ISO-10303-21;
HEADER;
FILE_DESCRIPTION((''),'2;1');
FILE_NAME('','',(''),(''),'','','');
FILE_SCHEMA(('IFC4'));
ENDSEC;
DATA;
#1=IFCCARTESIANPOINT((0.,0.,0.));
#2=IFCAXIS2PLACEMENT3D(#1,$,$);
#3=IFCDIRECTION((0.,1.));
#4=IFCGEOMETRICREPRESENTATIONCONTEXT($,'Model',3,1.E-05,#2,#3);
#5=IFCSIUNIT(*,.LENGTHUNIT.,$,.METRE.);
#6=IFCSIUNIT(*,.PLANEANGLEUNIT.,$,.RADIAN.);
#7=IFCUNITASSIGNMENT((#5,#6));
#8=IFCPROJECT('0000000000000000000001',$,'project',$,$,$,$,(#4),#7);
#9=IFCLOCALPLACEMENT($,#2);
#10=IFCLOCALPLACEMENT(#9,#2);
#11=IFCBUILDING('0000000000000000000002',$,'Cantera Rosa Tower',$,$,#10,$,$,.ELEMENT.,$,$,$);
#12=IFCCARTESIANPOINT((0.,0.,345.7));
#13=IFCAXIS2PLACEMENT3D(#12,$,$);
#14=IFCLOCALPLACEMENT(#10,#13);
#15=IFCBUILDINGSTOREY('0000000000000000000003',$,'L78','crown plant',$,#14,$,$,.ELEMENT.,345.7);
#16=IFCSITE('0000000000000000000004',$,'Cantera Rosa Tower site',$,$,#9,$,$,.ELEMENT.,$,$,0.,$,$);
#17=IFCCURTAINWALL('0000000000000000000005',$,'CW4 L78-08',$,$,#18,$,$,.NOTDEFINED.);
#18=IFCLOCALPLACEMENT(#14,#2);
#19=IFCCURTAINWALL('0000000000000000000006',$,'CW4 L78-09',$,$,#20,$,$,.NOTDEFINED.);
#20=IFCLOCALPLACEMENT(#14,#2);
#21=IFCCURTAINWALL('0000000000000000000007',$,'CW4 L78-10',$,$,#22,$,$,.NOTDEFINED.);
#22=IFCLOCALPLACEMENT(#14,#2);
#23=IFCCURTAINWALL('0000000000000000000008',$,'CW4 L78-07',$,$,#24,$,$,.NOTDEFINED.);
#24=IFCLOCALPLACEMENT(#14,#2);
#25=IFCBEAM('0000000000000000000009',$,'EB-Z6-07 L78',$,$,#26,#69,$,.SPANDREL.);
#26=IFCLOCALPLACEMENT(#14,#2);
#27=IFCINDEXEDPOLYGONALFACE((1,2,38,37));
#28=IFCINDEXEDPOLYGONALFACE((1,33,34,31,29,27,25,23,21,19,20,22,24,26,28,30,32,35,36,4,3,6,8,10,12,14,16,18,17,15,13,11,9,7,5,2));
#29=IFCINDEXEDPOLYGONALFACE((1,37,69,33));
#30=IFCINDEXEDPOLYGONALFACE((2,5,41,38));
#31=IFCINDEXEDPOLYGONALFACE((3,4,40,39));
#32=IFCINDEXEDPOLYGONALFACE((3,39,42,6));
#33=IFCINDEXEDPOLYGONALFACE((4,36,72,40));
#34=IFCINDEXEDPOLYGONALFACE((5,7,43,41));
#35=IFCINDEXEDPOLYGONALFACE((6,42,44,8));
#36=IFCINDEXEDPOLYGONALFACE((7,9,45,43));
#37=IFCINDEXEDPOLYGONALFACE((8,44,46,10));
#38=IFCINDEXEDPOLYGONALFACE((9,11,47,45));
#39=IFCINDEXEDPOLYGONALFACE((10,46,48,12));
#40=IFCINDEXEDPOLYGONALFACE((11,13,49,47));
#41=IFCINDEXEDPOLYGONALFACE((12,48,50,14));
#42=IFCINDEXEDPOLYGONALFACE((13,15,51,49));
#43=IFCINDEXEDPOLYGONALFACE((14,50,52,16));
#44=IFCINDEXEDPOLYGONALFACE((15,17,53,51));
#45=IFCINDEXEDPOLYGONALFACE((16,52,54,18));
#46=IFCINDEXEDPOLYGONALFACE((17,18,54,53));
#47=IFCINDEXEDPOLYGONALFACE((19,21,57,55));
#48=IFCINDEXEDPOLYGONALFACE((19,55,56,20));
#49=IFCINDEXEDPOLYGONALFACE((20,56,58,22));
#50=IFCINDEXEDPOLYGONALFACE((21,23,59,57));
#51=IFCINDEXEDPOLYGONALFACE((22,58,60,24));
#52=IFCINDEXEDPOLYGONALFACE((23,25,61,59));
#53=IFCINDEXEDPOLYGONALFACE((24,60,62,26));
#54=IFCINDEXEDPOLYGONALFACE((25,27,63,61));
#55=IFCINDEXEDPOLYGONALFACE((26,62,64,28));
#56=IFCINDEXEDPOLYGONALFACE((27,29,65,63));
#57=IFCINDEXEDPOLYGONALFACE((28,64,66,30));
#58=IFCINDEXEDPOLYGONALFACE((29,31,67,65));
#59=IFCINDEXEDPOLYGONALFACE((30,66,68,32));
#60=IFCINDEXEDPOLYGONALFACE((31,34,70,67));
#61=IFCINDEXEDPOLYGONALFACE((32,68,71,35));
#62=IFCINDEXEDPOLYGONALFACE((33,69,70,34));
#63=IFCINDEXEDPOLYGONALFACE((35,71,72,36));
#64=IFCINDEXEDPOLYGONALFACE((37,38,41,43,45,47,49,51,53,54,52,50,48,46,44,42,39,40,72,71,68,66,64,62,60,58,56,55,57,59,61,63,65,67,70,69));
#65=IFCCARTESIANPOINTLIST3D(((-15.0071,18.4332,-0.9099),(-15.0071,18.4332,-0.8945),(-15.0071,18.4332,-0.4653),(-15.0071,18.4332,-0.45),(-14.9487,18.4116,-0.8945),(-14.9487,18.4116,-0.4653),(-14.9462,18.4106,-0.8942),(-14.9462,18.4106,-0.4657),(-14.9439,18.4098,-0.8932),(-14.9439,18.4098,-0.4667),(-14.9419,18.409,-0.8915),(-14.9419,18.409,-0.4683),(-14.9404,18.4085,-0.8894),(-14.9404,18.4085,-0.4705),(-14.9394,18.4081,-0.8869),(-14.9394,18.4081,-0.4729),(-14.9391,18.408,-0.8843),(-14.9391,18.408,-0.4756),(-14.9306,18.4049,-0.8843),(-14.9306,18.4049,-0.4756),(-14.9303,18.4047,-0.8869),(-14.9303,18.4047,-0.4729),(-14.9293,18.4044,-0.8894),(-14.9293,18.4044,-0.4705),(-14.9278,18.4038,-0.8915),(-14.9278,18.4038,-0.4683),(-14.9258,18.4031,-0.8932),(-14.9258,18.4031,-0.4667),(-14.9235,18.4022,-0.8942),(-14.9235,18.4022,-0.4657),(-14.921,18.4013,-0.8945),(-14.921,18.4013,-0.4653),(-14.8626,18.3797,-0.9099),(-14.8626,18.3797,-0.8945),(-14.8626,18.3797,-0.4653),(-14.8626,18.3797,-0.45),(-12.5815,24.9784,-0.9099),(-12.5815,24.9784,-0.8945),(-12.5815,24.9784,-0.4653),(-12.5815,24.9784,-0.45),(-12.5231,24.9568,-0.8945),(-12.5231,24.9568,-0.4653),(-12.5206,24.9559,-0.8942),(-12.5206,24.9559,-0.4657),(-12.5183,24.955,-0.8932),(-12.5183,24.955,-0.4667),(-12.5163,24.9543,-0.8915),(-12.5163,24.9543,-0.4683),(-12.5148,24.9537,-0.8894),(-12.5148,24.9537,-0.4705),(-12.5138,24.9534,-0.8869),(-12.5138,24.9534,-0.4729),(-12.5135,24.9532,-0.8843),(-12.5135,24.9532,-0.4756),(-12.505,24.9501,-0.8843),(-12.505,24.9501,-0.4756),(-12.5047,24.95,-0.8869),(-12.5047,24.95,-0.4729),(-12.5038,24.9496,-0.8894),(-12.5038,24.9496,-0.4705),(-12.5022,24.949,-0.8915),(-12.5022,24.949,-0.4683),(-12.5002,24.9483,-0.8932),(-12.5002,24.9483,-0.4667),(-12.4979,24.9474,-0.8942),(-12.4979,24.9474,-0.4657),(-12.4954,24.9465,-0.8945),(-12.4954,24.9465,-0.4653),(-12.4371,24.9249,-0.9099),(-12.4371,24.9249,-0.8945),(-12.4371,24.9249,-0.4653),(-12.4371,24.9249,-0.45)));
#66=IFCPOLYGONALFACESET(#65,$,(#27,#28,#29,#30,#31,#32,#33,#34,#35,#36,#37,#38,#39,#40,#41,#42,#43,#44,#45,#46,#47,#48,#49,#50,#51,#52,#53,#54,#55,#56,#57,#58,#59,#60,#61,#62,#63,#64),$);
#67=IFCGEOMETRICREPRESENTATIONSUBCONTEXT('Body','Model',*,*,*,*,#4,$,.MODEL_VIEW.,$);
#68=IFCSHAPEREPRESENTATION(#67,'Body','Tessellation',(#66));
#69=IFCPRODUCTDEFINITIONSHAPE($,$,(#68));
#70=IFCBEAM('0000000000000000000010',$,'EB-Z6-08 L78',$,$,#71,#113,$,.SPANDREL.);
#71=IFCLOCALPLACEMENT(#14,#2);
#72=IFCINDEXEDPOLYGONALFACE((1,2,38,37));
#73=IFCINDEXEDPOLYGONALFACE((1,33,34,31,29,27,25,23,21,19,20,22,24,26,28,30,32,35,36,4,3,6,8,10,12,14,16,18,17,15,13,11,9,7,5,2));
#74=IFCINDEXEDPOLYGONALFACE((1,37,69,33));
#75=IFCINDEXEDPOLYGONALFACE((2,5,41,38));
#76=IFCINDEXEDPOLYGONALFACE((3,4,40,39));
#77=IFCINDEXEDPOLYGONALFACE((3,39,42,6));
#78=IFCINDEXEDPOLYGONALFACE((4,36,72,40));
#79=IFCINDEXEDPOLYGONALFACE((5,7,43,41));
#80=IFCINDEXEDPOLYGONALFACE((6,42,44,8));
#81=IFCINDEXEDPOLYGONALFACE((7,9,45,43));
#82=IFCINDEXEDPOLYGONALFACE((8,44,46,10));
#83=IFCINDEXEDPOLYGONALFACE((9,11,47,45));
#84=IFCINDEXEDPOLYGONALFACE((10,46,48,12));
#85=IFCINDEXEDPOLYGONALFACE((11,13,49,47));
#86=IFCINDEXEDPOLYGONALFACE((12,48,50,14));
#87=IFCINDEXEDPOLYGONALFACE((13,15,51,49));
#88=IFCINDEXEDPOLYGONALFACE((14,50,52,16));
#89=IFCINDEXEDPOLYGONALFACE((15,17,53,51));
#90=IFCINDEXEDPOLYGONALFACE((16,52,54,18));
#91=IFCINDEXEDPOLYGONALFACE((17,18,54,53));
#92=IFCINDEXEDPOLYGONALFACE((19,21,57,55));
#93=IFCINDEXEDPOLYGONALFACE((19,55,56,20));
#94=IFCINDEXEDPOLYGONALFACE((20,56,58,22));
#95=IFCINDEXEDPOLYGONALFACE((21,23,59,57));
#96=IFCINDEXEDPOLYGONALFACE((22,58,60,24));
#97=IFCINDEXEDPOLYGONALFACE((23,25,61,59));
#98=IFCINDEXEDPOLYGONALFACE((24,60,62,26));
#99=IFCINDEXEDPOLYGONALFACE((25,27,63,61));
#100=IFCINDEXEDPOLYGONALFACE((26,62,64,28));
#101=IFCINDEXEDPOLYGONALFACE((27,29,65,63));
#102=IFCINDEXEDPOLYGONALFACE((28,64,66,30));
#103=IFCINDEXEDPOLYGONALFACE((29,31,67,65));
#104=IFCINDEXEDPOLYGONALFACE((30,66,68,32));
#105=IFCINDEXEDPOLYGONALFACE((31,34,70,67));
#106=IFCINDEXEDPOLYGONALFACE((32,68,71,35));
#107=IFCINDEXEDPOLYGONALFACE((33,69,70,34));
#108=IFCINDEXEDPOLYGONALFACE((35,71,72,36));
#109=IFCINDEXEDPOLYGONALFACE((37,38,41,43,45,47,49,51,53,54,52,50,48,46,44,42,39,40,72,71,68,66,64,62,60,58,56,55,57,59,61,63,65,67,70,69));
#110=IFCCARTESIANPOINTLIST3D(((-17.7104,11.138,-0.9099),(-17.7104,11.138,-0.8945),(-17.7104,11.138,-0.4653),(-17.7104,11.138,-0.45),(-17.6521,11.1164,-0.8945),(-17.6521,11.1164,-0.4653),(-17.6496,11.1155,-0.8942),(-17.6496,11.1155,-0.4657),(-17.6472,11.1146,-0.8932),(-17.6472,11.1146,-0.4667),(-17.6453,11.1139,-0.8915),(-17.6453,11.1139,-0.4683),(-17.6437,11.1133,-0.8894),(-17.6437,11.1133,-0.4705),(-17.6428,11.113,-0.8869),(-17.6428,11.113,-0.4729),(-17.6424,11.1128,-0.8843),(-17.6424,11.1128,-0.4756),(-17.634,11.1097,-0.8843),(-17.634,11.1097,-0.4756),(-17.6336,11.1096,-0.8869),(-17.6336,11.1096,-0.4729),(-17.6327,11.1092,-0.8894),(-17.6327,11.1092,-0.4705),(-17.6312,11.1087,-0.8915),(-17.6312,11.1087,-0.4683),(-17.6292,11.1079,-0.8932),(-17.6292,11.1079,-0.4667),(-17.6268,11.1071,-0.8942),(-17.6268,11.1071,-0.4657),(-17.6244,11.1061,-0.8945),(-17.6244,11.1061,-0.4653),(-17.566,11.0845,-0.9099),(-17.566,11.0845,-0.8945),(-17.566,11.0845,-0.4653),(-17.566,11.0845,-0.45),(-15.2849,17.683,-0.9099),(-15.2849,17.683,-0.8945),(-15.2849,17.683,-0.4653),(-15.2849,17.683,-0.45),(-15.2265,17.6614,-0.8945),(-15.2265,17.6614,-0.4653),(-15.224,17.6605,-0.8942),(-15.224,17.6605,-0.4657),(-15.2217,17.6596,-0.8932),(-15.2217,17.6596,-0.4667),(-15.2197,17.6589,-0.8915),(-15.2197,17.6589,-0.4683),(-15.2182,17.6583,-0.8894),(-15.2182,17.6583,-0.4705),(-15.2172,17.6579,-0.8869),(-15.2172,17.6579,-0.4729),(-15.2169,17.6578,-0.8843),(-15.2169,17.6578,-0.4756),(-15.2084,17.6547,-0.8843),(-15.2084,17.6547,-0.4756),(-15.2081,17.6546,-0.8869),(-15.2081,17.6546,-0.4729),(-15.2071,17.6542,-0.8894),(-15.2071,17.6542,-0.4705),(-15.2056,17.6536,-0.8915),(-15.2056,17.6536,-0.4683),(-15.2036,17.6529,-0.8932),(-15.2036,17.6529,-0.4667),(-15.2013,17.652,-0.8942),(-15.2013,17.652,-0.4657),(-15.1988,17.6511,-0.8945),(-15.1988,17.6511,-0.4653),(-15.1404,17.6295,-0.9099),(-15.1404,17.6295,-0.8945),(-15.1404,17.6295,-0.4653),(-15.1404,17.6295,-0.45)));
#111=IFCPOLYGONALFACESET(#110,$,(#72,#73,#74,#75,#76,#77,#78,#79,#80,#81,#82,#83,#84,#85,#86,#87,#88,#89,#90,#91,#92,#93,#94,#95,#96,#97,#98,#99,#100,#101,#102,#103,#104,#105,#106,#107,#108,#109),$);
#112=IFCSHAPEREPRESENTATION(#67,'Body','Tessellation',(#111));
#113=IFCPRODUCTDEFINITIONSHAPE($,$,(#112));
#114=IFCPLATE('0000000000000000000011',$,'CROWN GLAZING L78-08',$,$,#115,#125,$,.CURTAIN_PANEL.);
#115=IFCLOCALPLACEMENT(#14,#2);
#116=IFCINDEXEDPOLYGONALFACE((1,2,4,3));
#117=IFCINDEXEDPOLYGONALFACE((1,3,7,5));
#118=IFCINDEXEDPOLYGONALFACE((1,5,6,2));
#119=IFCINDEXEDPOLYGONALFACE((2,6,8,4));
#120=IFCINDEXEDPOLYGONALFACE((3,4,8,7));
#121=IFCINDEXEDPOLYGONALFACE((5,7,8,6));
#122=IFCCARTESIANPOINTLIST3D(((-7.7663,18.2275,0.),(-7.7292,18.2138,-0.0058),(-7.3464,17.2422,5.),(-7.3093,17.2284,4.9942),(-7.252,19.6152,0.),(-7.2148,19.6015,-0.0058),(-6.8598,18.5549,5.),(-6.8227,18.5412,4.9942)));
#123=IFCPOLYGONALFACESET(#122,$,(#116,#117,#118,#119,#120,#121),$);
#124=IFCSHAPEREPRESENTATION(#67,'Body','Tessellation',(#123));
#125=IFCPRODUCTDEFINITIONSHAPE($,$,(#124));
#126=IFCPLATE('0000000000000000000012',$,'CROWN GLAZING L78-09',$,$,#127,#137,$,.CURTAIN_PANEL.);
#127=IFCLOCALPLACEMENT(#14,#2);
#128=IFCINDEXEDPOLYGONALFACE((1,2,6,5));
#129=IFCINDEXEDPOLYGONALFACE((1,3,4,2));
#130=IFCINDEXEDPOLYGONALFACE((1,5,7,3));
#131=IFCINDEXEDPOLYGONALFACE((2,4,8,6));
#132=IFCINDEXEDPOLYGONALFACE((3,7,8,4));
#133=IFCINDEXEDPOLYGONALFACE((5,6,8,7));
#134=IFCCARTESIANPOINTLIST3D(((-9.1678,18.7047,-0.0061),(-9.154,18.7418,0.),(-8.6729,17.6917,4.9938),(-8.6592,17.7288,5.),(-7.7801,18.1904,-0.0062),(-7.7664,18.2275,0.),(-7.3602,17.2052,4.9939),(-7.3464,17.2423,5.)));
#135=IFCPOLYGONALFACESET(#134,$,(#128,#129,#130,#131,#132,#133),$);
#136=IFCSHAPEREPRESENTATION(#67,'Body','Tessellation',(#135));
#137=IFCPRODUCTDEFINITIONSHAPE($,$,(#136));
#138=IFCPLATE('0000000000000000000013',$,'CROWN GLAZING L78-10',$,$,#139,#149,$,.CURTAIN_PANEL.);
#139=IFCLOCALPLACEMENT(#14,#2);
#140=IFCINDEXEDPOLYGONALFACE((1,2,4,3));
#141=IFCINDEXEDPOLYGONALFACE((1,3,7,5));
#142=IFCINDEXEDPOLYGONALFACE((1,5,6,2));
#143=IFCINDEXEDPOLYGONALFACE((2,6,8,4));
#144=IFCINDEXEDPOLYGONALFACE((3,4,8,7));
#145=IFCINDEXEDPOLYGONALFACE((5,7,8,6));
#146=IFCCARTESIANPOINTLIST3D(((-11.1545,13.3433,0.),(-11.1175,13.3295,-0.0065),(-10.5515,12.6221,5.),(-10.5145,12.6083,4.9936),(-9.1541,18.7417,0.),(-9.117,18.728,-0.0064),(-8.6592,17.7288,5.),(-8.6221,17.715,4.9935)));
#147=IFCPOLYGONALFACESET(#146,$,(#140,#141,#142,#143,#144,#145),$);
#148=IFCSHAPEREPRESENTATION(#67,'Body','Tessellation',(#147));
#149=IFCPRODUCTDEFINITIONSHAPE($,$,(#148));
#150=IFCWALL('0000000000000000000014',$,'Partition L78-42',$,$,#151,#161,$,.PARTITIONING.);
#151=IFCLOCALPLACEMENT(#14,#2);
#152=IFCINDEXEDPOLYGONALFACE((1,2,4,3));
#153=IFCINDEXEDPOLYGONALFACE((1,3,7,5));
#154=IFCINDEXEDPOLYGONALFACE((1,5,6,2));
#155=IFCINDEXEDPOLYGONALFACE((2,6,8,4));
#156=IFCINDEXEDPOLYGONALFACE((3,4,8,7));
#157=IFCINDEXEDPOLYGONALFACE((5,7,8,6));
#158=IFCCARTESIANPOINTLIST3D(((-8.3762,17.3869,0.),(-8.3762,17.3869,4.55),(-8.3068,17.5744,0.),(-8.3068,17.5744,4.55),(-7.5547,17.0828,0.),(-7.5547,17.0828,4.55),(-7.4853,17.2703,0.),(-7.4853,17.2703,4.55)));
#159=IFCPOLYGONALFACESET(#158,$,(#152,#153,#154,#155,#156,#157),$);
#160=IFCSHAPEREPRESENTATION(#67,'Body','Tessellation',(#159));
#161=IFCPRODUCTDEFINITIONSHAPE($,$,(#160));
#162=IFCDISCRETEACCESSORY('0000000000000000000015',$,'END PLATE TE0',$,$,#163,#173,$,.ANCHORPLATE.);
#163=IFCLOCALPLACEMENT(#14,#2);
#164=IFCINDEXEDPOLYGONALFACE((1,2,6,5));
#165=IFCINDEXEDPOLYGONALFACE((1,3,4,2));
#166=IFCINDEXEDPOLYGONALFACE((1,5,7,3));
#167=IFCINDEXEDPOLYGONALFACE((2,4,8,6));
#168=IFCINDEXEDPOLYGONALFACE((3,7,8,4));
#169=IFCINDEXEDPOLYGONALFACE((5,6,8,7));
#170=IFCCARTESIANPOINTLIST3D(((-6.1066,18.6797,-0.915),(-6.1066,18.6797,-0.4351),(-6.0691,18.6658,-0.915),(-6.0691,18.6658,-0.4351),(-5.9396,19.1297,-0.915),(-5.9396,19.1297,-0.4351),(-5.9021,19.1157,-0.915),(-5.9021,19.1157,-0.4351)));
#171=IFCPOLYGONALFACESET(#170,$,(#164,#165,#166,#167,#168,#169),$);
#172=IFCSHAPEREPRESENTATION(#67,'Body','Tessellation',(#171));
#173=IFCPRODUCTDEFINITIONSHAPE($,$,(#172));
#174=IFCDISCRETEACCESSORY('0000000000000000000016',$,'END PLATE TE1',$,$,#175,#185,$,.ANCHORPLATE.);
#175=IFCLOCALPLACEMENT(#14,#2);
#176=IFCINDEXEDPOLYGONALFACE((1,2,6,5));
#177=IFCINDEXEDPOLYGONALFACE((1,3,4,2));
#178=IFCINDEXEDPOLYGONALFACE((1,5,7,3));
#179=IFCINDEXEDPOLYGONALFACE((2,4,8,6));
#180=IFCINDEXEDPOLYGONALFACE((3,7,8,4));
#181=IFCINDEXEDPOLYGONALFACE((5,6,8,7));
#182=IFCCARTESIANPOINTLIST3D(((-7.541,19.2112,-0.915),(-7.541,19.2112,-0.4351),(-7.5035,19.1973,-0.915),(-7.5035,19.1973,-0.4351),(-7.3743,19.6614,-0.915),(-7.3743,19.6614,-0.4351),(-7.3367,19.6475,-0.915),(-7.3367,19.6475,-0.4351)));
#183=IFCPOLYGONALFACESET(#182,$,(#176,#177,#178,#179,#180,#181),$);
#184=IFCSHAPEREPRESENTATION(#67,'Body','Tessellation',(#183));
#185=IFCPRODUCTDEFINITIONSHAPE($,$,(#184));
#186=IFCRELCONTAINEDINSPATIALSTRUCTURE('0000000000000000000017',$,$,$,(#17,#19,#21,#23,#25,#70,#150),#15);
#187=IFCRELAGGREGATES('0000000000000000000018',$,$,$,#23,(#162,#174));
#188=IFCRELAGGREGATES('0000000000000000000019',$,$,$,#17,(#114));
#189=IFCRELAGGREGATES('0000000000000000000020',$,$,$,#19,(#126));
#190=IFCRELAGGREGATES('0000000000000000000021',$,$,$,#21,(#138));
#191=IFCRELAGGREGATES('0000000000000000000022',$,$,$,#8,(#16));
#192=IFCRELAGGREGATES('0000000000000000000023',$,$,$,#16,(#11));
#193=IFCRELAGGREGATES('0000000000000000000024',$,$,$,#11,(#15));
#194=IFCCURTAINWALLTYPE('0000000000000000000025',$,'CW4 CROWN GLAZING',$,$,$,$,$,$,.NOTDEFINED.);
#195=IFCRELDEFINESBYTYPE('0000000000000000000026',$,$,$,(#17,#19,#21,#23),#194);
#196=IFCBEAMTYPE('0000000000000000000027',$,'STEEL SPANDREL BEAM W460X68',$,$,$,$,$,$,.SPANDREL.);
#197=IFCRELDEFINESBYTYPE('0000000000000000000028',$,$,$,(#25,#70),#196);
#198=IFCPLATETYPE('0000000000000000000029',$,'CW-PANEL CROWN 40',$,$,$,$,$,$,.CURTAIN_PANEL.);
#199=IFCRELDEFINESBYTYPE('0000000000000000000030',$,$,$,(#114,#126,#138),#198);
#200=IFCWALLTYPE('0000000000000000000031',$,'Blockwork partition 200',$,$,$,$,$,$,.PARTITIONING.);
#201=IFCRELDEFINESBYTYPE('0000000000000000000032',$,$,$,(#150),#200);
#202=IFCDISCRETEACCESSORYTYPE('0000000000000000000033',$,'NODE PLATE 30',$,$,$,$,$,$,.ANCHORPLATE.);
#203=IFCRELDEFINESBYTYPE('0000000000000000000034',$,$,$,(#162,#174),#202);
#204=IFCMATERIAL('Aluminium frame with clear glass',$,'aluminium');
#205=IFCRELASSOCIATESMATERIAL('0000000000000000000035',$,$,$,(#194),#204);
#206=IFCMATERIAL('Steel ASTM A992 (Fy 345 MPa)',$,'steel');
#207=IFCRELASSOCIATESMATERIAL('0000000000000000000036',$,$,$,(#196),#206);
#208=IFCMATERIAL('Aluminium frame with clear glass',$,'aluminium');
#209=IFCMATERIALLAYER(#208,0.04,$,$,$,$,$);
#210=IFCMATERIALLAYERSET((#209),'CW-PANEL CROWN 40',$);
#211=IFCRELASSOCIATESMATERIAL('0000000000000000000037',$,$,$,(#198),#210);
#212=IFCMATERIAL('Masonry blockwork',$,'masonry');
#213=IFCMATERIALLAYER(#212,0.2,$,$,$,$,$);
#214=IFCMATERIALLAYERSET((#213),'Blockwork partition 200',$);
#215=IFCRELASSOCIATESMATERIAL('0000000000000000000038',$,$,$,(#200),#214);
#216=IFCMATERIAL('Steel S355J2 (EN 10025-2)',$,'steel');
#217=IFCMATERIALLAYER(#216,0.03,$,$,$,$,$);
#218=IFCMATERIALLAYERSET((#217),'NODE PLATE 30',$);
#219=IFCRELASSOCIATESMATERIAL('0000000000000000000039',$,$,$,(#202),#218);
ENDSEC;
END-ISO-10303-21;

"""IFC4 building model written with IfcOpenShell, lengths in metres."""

from ifc_helpers import new_model, si_unit, direction, frame, frame_2d, origin, origin_2d, place, context, subcontext, project, spatial, polyline, rectangle, i_section, outline, extrude, material, layer, layer_set, material_profile, profile_set, type_object, element, aggregate, save


model = new_model("IFC4")

# Units and contexts
model_context = context("Model", 3, precision=1e-05, world=origin(), true_north=direction((0.0, 1.0)))
body_context = subcontext(model_context, "Body", "Model", "MODEL_VIEW")
ifc_project = project(units=[si_unit("LENGTHUNIT", "METRE"), si_unit("PLANEANGLEUNIT", "RADIAN")], contexts=[model_context])

# Site, building, storey
site_placement = place(None, origin())
site = spatial("IfcSite", under=ifc_project, at=site_placement, Name="Cantera Rosa Tower site", CompositionType="ELEMENT", RefElevation=0.0)
building_placement = place(site_placement, origin())
building = spatial("IfcBuilding", under=site, at=building_placement, Name="Cantera Rosa Tower", CompositionType="ELEMENT")
storey_placement = place(building_placement, frame((0.0, 0.0, 345.7)))
storey = spatial("IfcBuildingStorey", under=building, at=storey_placement, Name="L78", Description="crown plant", CompositionType="ELEMENT", Elevation=345.7)

# Curtain walls
ifc_material_1 = material(Name="Aluminium frame with clear glass", Category="aluminium")
curtain_wall_type = type_object("IfcCurtainWallType", Name="CW4 CROWN GLAZING", PredefinedType="NOTDEFINED", material=ifc_material_1)
curtain_wall_1_placement = place(storey_placement, origin())
curtain_wall_1 = element("IfcCurtainWall", 1, at=curtain_wall_1_placement, inside=storey, type_object=curtain_wall_type, Name="CW4 L78-08", PredefinedType="NOTDEFINED")
curtain_wall_2_placement = place(storey_placement, origin())
curtain_wall_2 = element("IfcCurtainWall", 2, at=curtain_wall_2_placement, inside=storey, type_object=curtain_wall_type, Name="CW4 L78-09", PredefinedType="NOTDEFINED")
curtain_wall_3_placement = place(storey_placement, origin())
curtain_wall_3 = element("IfcCurtainWall", 3, at=curtain_wall_3_placement, inside=storey, type_object=curtain_wall_type, Name="CW4 L78-10", PredefinedType="NOTDEFINED")
curtain_wall_4_placement = place(storey_placement, origin())
curtain_wall_4 = element("IfcCurtainWall", 4, at=curtain_wall_4_placement, inside=storey, type_object=curtain_wall_type, Name="CW4 L78-07", PredefinedType="NOTDEFINED")

# Beams
ifc_material_2 = material(Name="Steel ASTM A992 (Fy 345 MPa)", Category="steel")
ifc_material_profile_1 = material_profile(ifc_material_2, i_section(OverallWidth=0.1541, OverallDepth=0.46, WebThickness=0.009, FlangeThickness=0.0154, FilletRadius=0.0103, at=origin_2d()), Name="W460X68")
ifc_profile_set_1 = profile_set([ifc_material_profile_1], Name="Steel ASTM A992 (Fy 345 MPa)")
beam_type_1 = type_object("IfcBeamType", Name="STEEL SPANDREL BEAM W460X68", PredefinedType="SPANDREL", material=ifc_profile_set_1)
beam_1_placement = place(storey_placement, frame((-12.5093, 24.9517, -0.6799), z_axis=(-0.347491, -0.937683, 0.0), x_axis=(0.937683, -0.347491, 0.0)))
element("IfcBeam", 5, at=beam_1_placement, inside=storey, type_object=beam_type_1, Name="EB-Z6-07 L78", PredefinedType="SPANDREL", context=body_context, shape_type="SweptSolid", body=[
    extrude(i_section(OverallWidth=0.1541, OverallDepth=0.46, WebThickness=0.009, FlangeThickness=0.0154, FilletRadius=0.0103, at=origin_2d()), origin(), (0.0, 0.0, 1.0), 6.9802),
])
beam_2_placement = place(storey_placement, frame((-15.2126, 17.6562, -0.6799), z_axis=(-0.347502, -0.937679, 0.0), x_axis=(0.937679, -0.347502, 0.0)))
element("IfcBeam", 6, at=beam_2_placement, inside=storey, type_object=beam_type_1, Name="EB-Z6-08 L78", PredefinedType="SPANDREL", context=body_context, shape_type="SweptSolid", body=[
    extrude(i_section(OverallWidth=0.1541, OverallDepth=0.46, WebThickness=0.009, FlangeThickness=0.0154, FilletRadius=0.0103, at=origin_2d()), origin(), (0.0, 0.0, 1.0), 6.98),
])

# Plates
ifc_material_3 = material(Name="Aluminium frame with clear glass", Category="aluminium")
ifc_layer_1 = layer(ifc_material_3, 0.04)
ifc_layer_set_1 = layer_set([ifc_layer_1], Name="CW-PANEL CROWN 40")
plate_type = type_object("IfcPlateType", Name="CW-PANEL CROWN 40", PredefinedType="CURTAIN_PANEL", material=ifc_layer_set_1)
plate_1_placement = place(storey_placement, frame((-7.252, 19.6152, 0.0), z_axis=(-0.927655, 0.343856, 0.145668), x_axis=(-0.347563, -0.937657, -0.000002)))
plate_1 = element("IfcPlate", 7, at=plate_1_placement, type_object=plate_type, Name="CROWN GLAZING L78-08", PredefinedType="CURTAIN_PANEL", context=body_context, shape_type="SweptSolid", body=[
    extrude(outline(polyline([(0.0, 0.0), (1.48, 0.0), (2.2579, 5.0539), (0.8579, 5.0539), (0.0, 0.0)])), origin(), (0.0, 0.0, -1.0), 0.04),
])
plate_2_placement = place(storey_placement, frame((-7.7664, 18.2275, 0.0), z_axis=(0.343357, 0.926537, 0.153739), x_axis=(-0.937685, 0.347487, 0.000009)))
plate_2 = element("IfcPlate", 8, at=plate_2_placement, type_object=plate_type, Name="CROWN GLAZING L78-09", PredefinedType="CURTAIN_PANEL", context=body_context, shape_type="SweptSolid", body=[
    extrude(outline(polyline([(0.0, 0.0), (1.4799, 0.0), (0.6639, 5.0602), (-0.7361, 5.0602), (0.0, 0.0)])), origin(), (0.0, 0.0, -1.0), 0.04),
])
plate_3_placement = place(storey_placement, frame((-9.1541, 18.7417, 0.0), z_axis=(-0.925445, 0.342937, 0.161074), x_axis=(-0.347474, -0.93769, -0.000001)))
plate_3 = element("IfcPlate", 9, at=plate_3_placement, type_object=plate_type, Name="CROWN GLAZING L78-10", PredefinedType="CURTAIN_PANEL", context=body_context, shape_type="SweptSolid", body=[
    extrude(outline(polyline([(0.0, 0.0), (5.7572, 0.0), (6.2239, 5.0662), (0.7779, 5.0661), (0.0, 0.0)])), origin(), (0.0, 0.0, -1.0), 0.04),
])

# Wall
ifc_material_4 = material(Name="Masonry blockwork", Category="masonry")
ifc_layer_2 = layer(ifc_material_4, 0.2)
ifc_layer_set_2 = layer_set([ifc_layer_2], Name="Blockwork partition 200")
wall_type = type_object("IfcWallType", Name="Blockwork partition 200", PredefinedType="PARTITIONING", material=ifc_layer_set_2)
wall_placement = place(storey_placement, frame((-7.52, 17.1765, 0.0), z_axis=(0.0, 0.0, 1.0), x_axis=(-0.937776, 0.347242, 0.0)))
element("IfcWall", 10, at=wall_placement, inside=storey, type_object=wall_type, Name="Partition L78-42", PredefinedType="PARTITIONING", context=body_context, shape_type="SweptSolid", body=[
    extrude(rectangle(XDim=0.876, YDim=0.2, at=frame_2d((0.438, 0.0))), origin(), (0.0, 0.0, 1.0), 4.55),
])

# Discrete accessories
ifc_material_5 = material(Name="Steel S355J2 (EN 10025-2)", Category="steel")
ifc_layer_3 = layer(ifc_material_5, 0.03)
ifc_layer_set_3 = layer_set([ifc_layer_3], Name="NODE PLATE 30")
discrete_accessory_type = type_object("IfcDiscreteAccessoryType", Name="NODE PLATE 30", PredefinedType="ANCHORPLATE", material=ifc_layer_set_3)
discrete_accessory_1_placement = place(storey_placement, frame((-5.9021, 19.1157, -0.4351), z_axis=(0.937515, -0.347944, 0.0), x_axis=(-0.347944, -0.937515, 0.0)))
discrete_accessory_1 = element("IfcDiscreteAccessory", 11, at=discrete_accessory_1_placement, type_object=discrete_accessory_type, Name="END PLATE TE0", PredefinedType="ANCHORPLATE", context=body_context, shape_type="SweptSolid", body=[
    extrude(outline(polyline([(0.0, 0.0), (0.4799, 0.0), (0.4799, 0.48), (0.0, 0.48), (0.0, 0.0)])), origin(), (0.0, 0.0, -1.0), 0.04),
])
discrete_accessory_2_placement = place(storey_placement, frame((-7.541, 19.2112, -0.4351), z_axis=(-0.937743, 0.347331, 0.0), x_axis=(0.347331, 0.937743, 0.0)))
discrete_accessory_2 = element("IfcDiscreteAccessory", 12, at=discrete_accessory_2_placement, type_object=discrete_accessory_type, Name="END PLATE TE1", PredefinedType="ANCHORPLATE", context=body_context, shape_type="SweptSolid", body=[
    extrude(outline(polyline([(0.0, 0.0), (0.4801, 0.0), (0.4801, 0.48), (0.0, 0.48), (0.0, 0.0)])), origin(), (0.0, 0.0, -1.0), 0.04),
])
aggregate(curtain_wall_4, [discrete_accessory_1, discrete_accessory_2])
aggregate(curtain_wall_1, [plate_1])
aggregate(curtain_wall_2, [plate_2])
aggregate(curtain_wall_3, [plate_3])

save(model, "model.ifc")
